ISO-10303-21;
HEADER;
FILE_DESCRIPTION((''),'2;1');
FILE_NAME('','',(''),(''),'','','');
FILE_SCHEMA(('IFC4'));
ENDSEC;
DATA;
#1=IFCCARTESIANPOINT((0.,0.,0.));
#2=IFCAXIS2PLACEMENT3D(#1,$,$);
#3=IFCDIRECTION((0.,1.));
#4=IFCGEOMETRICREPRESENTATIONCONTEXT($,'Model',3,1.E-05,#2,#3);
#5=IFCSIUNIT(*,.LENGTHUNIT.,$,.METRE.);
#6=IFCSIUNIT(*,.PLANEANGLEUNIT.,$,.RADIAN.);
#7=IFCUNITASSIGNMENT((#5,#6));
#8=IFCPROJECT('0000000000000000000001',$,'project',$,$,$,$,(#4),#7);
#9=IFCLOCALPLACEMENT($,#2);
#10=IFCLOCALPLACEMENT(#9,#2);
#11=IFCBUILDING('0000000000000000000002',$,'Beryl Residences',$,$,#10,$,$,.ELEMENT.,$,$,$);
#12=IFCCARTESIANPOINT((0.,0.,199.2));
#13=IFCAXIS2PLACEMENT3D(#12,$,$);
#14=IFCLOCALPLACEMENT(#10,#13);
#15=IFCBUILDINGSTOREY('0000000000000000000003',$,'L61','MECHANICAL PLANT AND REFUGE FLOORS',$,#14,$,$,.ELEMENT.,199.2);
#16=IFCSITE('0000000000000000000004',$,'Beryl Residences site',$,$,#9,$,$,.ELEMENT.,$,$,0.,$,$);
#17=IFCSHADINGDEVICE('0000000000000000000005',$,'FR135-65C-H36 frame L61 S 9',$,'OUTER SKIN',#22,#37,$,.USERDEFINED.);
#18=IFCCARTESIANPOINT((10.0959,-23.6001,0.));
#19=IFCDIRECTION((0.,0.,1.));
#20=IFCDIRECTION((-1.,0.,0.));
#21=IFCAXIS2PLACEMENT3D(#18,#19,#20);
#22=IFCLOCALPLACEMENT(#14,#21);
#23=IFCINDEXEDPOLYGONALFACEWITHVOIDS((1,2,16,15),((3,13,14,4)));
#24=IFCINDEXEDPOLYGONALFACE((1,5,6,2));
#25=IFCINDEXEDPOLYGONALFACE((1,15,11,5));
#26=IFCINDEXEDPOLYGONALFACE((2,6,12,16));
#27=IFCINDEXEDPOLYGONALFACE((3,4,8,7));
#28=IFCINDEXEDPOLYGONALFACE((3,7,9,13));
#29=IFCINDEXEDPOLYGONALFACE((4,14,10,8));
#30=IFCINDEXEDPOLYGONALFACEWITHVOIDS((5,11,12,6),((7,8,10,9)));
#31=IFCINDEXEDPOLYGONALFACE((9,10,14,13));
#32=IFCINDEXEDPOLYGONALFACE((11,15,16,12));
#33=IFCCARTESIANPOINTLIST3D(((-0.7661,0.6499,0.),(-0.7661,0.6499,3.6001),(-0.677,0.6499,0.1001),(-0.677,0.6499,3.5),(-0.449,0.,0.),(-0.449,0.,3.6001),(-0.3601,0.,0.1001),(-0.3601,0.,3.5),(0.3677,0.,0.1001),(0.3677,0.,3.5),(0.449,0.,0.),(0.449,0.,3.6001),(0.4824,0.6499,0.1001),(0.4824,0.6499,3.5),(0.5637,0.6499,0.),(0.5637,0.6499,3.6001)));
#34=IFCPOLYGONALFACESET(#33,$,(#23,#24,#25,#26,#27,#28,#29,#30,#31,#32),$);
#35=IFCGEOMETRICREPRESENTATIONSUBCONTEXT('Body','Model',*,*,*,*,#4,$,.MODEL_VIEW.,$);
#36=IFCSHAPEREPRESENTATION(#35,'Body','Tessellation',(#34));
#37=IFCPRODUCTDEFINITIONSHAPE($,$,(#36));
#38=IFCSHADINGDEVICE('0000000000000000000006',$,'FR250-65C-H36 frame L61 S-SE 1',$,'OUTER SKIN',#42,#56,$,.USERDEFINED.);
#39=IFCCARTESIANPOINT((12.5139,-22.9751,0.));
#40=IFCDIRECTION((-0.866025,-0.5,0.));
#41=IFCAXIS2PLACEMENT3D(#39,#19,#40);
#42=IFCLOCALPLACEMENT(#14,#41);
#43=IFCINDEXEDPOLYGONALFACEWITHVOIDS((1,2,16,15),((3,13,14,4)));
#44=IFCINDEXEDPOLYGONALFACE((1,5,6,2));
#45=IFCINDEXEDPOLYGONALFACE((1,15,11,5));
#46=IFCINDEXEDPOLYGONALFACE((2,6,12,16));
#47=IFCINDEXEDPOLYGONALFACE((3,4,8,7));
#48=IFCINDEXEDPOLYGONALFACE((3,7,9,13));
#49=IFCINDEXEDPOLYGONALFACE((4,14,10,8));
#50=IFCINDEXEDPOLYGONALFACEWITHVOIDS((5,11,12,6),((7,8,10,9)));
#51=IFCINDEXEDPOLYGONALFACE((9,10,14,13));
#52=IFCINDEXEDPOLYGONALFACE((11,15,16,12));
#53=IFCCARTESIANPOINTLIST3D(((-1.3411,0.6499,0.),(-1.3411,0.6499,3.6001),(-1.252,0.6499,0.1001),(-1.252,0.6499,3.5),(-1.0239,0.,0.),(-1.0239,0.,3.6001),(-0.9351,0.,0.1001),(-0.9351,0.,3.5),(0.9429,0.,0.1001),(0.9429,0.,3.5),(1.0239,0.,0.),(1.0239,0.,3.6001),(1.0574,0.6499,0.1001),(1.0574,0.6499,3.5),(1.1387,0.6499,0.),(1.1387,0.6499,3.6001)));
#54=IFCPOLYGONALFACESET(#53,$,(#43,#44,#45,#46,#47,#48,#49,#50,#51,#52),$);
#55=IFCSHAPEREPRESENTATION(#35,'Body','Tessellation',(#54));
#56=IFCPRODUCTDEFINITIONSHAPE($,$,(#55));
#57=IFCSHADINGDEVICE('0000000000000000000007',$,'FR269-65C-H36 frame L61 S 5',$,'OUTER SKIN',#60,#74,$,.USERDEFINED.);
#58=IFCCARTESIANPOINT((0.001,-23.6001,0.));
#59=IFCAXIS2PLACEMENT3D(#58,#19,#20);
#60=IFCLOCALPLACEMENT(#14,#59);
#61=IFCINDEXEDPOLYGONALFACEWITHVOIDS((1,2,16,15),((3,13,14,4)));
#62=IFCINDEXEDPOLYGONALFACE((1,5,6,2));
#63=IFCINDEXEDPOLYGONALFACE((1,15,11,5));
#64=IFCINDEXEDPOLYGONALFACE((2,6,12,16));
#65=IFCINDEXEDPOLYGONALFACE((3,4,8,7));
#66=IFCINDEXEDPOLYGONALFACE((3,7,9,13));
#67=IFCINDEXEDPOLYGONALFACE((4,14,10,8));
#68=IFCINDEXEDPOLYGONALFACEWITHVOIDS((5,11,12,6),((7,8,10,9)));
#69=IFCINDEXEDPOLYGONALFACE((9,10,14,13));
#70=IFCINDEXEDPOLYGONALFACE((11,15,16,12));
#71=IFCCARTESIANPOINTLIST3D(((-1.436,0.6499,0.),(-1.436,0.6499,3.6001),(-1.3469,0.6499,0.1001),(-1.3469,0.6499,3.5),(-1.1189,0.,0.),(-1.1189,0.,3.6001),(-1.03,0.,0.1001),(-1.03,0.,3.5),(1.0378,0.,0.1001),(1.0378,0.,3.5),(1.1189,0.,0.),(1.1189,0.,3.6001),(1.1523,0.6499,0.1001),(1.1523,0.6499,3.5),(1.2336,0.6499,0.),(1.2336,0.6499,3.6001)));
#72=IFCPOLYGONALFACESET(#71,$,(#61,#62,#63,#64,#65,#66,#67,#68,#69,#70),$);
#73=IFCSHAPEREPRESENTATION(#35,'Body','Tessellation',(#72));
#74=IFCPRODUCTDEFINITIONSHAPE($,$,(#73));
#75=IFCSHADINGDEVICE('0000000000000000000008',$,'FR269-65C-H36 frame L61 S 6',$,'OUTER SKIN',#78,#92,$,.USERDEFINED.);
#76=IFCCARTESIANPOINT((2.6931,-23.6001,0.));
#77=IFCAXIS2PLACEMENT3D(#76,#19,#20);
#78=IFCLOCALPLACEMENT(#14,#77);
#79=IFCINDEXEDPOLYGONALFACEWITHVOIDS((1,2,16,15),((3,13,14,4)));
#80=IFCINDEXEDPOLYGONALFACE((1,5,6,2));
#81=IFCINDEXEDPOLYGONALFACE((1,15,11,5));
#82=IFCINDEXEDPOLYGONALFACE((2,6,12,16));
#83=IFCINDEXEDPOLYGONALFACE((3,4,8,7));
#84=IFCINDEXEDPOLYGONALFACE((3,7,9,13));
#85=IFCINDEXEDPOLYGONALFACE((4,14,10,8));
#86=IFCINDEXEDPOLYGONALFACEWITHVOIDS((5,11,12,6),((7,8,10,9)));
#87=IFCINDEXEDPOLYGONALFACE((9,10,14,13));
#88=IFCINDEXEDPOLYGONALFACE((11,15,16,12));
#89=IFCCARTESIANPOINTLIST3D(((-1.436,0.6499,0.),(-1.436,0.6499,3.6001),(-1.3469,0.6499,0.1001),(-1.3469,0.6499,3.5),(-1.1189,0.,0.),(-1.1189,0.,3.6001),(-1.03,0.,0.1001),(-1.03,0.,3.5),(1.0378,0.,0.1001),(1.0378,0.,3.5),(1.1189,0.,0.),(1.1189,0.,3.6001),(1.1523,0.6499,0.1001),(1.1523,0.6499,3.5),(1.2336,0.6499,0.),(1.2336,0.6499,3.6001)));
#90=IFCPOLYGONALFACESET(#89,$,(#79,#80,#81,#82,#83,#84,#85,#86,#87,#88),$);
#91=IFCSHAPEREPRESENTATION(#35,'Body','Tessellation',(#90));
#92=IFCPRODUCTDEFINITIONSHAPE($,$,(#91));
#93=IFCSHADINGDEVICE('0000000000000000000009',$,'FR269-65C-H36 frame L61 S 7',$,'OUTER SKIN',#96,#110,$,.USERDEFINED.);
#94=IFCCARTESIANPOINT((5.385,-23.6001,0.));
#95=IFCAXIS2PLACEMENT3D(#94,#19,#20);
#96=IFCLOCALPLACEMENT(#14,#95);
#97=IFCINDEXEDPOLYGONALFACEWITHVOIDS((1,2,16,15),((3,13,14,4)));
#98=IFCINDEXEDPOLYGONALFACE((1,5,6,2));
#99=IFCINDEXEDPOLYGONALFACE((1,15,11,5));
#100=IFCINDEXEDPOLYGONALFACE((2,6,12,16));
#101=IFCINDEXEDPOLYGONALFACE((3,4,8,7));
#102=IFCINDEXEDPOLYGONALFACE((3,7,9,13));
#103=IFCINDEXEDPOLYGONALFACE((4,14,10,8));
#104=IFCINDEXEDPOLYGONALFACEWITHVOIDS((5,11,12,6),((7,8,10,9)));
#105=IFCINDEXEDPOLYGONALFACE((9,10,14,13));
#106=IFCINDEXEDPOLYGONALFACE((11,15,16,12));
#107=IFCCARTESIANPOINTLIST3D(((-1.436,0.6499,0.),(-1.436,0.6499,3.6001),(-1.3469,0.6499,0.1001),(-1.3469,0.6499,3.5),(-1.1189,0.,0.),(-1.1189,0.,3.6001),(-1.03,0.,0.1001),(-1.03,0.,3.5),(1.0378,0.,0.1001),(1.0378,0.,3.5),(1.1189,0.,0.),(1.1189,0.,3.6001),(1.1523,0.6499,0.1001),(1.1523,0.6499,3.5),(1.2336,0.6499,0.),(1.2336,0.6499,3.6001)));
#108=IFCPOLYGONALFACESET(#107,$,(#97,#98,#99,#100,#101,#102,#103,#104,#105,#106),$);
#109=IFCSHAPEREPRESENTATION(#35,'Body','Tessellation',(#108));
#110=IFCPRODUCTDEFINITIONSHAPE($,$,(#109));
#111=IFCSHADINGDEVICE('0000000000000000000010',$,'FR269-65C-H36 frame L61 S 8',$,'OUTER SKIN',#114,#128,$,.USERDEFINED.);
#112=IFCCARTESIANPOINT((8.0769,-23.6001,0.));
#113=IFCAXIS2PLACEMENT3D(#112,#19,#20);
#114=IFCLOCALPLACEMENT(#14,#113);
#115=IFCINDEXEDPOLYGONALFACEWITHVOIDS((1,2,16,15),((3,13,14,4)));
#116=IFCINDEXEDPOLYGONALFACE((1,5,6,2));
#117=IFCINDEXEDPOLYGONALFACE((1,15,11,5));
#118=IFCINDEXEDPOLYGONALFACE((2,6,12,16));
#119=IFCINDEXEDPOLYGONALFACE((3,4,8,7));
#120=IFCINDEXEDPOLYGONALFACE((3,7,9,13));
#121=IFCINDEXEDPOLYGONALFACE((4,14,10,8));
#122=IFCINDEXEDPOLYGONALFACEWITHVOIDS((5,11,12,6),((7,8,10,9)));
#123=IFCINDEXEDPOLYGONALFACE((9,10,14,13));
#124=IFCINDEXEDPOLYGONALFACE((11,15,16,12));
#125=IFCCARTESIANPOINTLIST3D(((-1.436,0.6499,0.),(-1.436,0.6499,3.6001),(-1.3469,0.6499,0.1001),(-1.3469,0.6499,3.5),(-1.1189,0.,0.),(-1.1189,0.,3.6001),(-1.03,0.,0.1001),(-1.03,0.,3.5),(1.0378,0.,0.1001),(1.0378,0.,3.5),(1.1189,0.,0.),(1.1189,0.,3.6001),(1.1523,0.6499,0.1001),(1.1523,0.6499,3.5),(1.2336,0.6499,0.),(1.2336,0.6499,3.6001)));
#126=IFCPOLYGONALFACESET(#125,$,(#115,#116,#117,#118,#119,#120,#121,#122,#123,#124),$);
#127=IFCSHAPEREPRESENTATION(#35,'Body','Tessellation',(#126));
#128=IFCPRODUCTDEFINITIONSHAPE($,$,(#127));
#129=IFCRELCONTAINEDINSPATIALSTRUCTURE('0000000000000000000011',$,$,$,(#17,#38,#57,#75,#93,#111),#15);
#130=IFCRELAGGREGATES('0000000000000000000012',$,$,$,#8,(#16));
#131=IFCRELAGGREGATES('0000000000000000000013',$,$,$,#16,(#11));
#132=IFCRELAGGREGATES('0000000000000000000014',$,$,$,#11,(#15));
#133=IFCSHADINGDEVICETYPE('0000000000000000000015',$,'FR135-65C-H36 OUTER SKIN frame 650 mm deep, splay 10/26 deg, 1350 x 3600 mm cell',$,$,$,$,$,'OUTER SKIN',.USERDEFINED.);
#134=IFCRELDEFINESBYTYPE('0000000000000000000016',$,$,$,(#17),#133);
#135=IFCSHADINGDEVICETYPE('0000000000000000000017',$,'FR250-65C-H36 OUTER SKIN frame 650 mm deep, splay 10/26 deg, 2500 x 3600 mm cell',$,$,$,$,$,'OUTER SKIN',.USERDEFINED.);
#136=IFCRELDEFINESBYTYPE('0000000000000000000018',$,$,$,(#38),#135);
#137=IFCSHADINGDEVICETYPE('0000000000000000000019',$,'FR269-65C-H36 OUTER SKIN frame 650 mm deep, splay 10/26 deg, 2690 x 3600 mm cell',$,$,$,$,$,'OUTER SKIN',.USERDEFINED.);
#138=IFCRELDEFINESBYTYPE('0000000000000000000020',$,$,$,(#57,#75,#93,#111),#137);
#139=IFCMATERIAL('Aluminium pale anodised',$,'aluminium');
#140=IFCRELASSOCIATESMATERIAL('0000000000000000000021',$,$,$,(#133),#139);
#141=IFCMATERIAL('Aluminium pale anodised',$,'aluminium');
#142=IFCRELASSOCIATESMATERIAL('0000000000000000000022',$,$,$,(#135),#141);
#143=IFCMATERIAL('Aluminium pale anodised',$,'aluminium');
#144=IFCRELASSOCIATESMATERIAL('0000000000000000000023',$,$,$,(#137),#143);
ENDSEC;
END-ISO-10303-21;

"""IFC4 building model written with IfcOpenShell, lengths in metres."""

from ifc_helpers import new_model, entity, si_unit, direction, frame, origin, place, context, subcontext, project, spatial, source, transform, mapped, material, type_object, type_shapes, element, save


model = new_model("IFC4")

# Units and contexts
model_context = context("Model", 3, precision=1e-05, world=origin(), true_north=direction((0.0, 1.0)))
body_context = subcontext(model_context, "Body", "Model", "MODEL_VIEW")
ifc_project = project(units=[si_unit("LENGTHUNIT", "METRE"), si_unit("PLANEANGLEUNIT", "RADIAN")], contexts=[model_context])

# Site, building, storey
site_placement = place(None, origin())
site = spatial("IfcSite", under=ifc_project, at=site_placement, Name="Beryl Residences site", CompositionType="ELEMENT", RefElevation=0.0)
building_placement = place(site_placement, origin())
building = spatial("IfcBuilding", under=site, at=building_placement, Name="Beryl Residences", CompositionType="ELEMENT")
storey_placement = place(building_placement, frame((0.0, 0.0, 199.2)))
storey = spatial("IfcBuildingStorey", under=building, at=storey_placement, Name="L61", Description="MECHANICAL PLANT AND REFUGE FLOORS", CompositionType="ELEMENT", Elevation=199.2)

# Shading devices
ifc_material_1 = material(Name="Aluminium pale anodised", Category="aluminium")
shading_device_type_1 = type_object("IfcShadingDeviceType", Name="FR135-65C-H36 OUTER SKIN frame 650 mm deep, splay 10/26 deg, 1350 x 3600 mm cell", ElementType="OUTER SKIN", PredefinedType="USERDEFINED", material=ifc_material_1)
cartesian_point_1 = entity("IfcCartesianPoint", [-0.449, 0.0])
cartesian_point_2 = entity("IfcCartesianPoint", [-0.3677, 0.1001])
cartesian_point_3 = entity("IfcCartesianPoint", [-0.5637, 0.0])
cartesian_point_4 = entity("IfcCartesianPoint", [-0.4824, 0.1001])
shared_shape_1 = source(origin(), body_context, "Body", "SweptSolid", [
    entity("IfcExtrudedAreaSolidTapered", entity("IfcArbitraryProfileDefWithVoids", "AREA", None, entity("IfcPolyline", [cartesian_point_1, entity("IfcCartesianPoint", [0.449, 0.0]), entity("IfcCartesianPoint", [0.449, 3.6001]), entity("IfcCartesianPoint", [-0.449, 3.6001]), cartesian_point_1]), [entity("IfcPolyline", [cartesian_point_2, entity("IfcCartesianPoint", [0.3601, 0.1001]), entity("IfcCartesianPoint", [0.3601, 3.5]), entity("IfcCartesianPoint", [-0.3677, 3.5]), cartesian_point_2])]), entity("IfcAxis2Placement3D", entity("IfcCartesianPoint", [0.0, 0.0, 0.0]), entity("IfcDirection", [0.0, 1.0, 0.0]), entity("IfcDirection", [-1.0, 0.0, 0.0])), entity("IfcDirection", [0.0, 0.0, 1.0]), 0.6499, entity("IfcArbitraryProfileDefWithVoids", "AREA", None, entity("IfcPolyline", [cartesian_point_3, entity("IfcCartesianPoint", [0.7661, 0.0]), entity("IfcCartesianPoint", [0.7661, 3.6001]), entity("IfcCartesianPoint", [-0.5637, 3.6001]), cartesian_point_3]), [entity("IfcPolyline", [cartesian_point_4, entity("IfcCartesianPoint", [0.677, 0.1001]), entity("IfcCartesianPoint", [0.677, 3.5]), entity("IfcCartesianPoint", [-0.4824, 3.5]), cartesian_point_4])])),
])
type_shapes(shading_device_type_1, [shared_shape_1])
shading_device_1_placement = place(storey_placement, frame((10.0959, -23.6001, 0.0), z_axis=(0.0, 0.0, 1.0), x_axis=(-1.0, 0.0, 0.0)))
element("IfcShadingDevice", 1, at=shading_device_1_placement, inside=storey, type_object=shading_device_type_1, Name="FR135-65C-H36 frame L61 S 9", ObjectType="OUTER SKIN", PredefinedType="USERDEFINED", context=body_context, shape_type="MappedRepresentation", body=[
    mapped(shared_shape_1, transform((0.0, 0.0, 0.0))),
])
ifc_material_2 = material(Name="Aluminium pale anodised", Category="aluminium")
shading_device_type_2 = type_object("IfcShadingDeviceType", Name="FR250-65C-H36 OUTER SKIN frame 650 mm deep, splay 10/26 deg, 2500 x 3600 mm cell", ElementType="OUTER SKIN", PredefinedType="USERDEFINED", material=ifc_material_2)
cartesian_point_5 = entity("IfcCartesianPoint", [-1.0239, 0.0])
cartesian_point_6 = entity("IfcCartesianPoint", [-0.9429, 0.1001])
cartesian_point_7 = entity("IfcCartesianPoint", [-1.1387, 0.0])
cartesian_point_8 = entity("IfcCartesianPoint", [-1.0574, 0.1001])
shared_shape_2 = source(origin(), body_context, "Body", "SweptSolid", [
    entity("IfcExtrudedAreaSolidTapered", entity("IfcArbitraryProfileDefWithVoids", "AREA", None, entity("IfcPolyline", [cartesian_point_5, entity("IfcCartesianPoint", [1.0239, 0.0]), entity("IfcCartesianPoint", [1.0239, 3.6001]), entity("IfcCartesianPoint", [-1.0239, 3.6001]), cartesian_point_5]), [entity("IfcPolyline", [cartesian_point_6, entity("IfcCartesianPoint", [0.9351, 0.1001]), entity("IfcCartesianPoint", [0.9351, 3.5]), entity("IfcCartesianPoint", [-0.9429, 3.5]), cartesian_point_6])]), entity("IfcAxis2Placement3D", entity("IfcCartesianPoint", [0.0, 0.0, 0.0]), entity("IfcDirection", [0.0, 1.0, 0.0]), entity("IfcDirection", [-1.0, 0.0, 0.0])), entity("IfcDirection", [0.0, 0.0, 1.0]), 0.6499, entity("IfcArbitraryProfileDefWithVoids", "AREA", None, entity("IfcPolyline", [cartesian_point_7, entity("IfcCartesianPoint", [1.3411, 0.0]), entity("IfcCartesianPoint", [1.3411, 3.6001]), entity("IfcCartesianPoint", [-1.1387, 3.6001]), cartesian_point_7]), [entity("IfcPolyline", [cartesian_point_8, entity("IfcCartesianPoint", [1.252, 0.1001]), entity("IfcCartesianPoint", [1.252, 3.5]), entity("IfcCartesianPoint", [-1.0574, 3.5]), cartesian_point_8])])),
])
type_shapes(shading_device_type_2, [shared_shape_2])
shading_device_2_placement = place(storey_placement, frame((12.5139, -22.9751, 0.0), z_axis=(0.0, 0.0, 1.0), x_axis=(-0.866025, -0.5, 0.0)))
element("IfcShadingDevice", 2, at=shading_device_2_placement, inside=storey, type_object=shading_device_type_2, Name="FR250-65C-H36 frame L61 S-SE 1", ObjectType="OUTER SKIN", PredefinedType="USERDEFINED", context=body_context, shape_type="MappedRepresentation", body=[
    mapped(shared_shape_2, transform((0.0, 0.0, 0.0))),
])
ifc_material_3 = material(Name="Aluminium pale anodised", Category="aluminium")
shading_device_type_3 = type_object("IfcShadingDeviceType", Name="FR269-65C-H36 OUTER SKIN frame 650 mm deep, splay 10/26 deg, 2690 x 3600 mm cell", ElementType="OUTER SKIN", PredefinedType="USERDEFINED", material=ifc_material_3)
cartesian_point_9 = entity("IfcCartesianPoint", [-1.1189, 0.0])
cartesian_point_10 = entity("IfcCartesianPoint", [-1.0378, 0.1001])
cartesian_point_11 = entity("IfcCartesianPoint", [-1.2336, 0.0])
cartesian_point_12 = entity("IfcCartesianPoint", [-1.1523, 0.1001])
shared_shape_3 = source(origin(), body_context, "Body", "SweptSolid", [
    entity("IfcExtrudedAreaSolidTapered", entity("IfcArbitraryProfileDefWithVoids", "AREA", None, entity("IfcPolyline", [cartesian_point_9, entity("IfcCartesianPoint", [1.1189, 0.0]), entity("IfcCartesianPoint", [1.1189, 3.6001]), entity("IfcCartesianPoint", [-1.1189, 3.6001]), cartesian_point_9]), [entity("IfcPolyline", [cartesian_point_10, entity("IfcCartesianPoint", [1.03, 0.1001]), entity("IfcCartesianPoint", [1.03, 3.5]), entity("IfcCartesianPoint", [-1.0378, 3.5]), cartesian_point_10])]), entity("IfcAxis2Placement3D", entity("IfcCartesianPoint", [0.0, 0.0, 0.0]), entity("IfcDirection", [0.0, 1.0, 0.0]), entity("IfcDirection", [-1.0, 0.0, 0.0])), entity("IfcDirection", [0.0, 0.0, 1.0]), 0.6499, entity("IfcArbitraryProfileDefWithVoids", "AREA", None, entity("IfcPolyline", [cartesian_point_11, entity("IfcCartesianPoint", [1.436, 0.0]), entity("IfcCartesianPoint", [1.436, 3.6001]), entity("IfcCartesianPoint", [-1.2336, 3.6001]), cartesian_point_11]), [entity("IfcPolyline", [cartesian_point_12, entity("IfcCartesianPoint", [1.3469, 0.1001]), entity("IfcCartesianPoint", [1.3469, 3.5]), entity("IfcCartesianPoint", [-1.1523, 3.5]), cartesian_point_12])])),
])
type_shapes(shading_device_type_3, [shared_shape_3])
for number, where, z_axis, x_axis, name in (
    (3, (0.001, -23.6001, 0.0), (0.0, 0.0, 1.0), (-1.0, 0.0, 0.0), "FR269-65C-H36 frame L61 S 5"),
    (4, (2.6931, -23.6001, 0.0), (0.0, 0.0, 1.0), (-1.0, 0.0, 0.0), "FR269-65C-H36 frame L61 S 6"),
    (5, (5.385, -23.6001, 0.0), (0.0, 0.0, 1.0), (-1.0, 0.0, 0.0), "FR269-65C-H36 frame L61 S 7"),
    (6, (8.0769, -23.6001, 0.0), (0.0, 0.0, 1.0), (-1.0, 0.0, 0.0), "FR269-65C-H36 frame L61 S 8"),
):
    element("IfcShadingDevice", number, at=place(storey_placement, frame(where, z_axis=z_axis, x_axis=x_axis)), inside=storey, type_object=shading_device_type_3, Name=name, ObjectType="OUTER SKIN", PredefinedType="USERDEFINED", context=body_context, shape_type="MappedRepresentation", body=[
        mapped(shared_shape_3, transform((0.0, 0.0, 0.0))),
    ])

save(model, "model.ifc")
